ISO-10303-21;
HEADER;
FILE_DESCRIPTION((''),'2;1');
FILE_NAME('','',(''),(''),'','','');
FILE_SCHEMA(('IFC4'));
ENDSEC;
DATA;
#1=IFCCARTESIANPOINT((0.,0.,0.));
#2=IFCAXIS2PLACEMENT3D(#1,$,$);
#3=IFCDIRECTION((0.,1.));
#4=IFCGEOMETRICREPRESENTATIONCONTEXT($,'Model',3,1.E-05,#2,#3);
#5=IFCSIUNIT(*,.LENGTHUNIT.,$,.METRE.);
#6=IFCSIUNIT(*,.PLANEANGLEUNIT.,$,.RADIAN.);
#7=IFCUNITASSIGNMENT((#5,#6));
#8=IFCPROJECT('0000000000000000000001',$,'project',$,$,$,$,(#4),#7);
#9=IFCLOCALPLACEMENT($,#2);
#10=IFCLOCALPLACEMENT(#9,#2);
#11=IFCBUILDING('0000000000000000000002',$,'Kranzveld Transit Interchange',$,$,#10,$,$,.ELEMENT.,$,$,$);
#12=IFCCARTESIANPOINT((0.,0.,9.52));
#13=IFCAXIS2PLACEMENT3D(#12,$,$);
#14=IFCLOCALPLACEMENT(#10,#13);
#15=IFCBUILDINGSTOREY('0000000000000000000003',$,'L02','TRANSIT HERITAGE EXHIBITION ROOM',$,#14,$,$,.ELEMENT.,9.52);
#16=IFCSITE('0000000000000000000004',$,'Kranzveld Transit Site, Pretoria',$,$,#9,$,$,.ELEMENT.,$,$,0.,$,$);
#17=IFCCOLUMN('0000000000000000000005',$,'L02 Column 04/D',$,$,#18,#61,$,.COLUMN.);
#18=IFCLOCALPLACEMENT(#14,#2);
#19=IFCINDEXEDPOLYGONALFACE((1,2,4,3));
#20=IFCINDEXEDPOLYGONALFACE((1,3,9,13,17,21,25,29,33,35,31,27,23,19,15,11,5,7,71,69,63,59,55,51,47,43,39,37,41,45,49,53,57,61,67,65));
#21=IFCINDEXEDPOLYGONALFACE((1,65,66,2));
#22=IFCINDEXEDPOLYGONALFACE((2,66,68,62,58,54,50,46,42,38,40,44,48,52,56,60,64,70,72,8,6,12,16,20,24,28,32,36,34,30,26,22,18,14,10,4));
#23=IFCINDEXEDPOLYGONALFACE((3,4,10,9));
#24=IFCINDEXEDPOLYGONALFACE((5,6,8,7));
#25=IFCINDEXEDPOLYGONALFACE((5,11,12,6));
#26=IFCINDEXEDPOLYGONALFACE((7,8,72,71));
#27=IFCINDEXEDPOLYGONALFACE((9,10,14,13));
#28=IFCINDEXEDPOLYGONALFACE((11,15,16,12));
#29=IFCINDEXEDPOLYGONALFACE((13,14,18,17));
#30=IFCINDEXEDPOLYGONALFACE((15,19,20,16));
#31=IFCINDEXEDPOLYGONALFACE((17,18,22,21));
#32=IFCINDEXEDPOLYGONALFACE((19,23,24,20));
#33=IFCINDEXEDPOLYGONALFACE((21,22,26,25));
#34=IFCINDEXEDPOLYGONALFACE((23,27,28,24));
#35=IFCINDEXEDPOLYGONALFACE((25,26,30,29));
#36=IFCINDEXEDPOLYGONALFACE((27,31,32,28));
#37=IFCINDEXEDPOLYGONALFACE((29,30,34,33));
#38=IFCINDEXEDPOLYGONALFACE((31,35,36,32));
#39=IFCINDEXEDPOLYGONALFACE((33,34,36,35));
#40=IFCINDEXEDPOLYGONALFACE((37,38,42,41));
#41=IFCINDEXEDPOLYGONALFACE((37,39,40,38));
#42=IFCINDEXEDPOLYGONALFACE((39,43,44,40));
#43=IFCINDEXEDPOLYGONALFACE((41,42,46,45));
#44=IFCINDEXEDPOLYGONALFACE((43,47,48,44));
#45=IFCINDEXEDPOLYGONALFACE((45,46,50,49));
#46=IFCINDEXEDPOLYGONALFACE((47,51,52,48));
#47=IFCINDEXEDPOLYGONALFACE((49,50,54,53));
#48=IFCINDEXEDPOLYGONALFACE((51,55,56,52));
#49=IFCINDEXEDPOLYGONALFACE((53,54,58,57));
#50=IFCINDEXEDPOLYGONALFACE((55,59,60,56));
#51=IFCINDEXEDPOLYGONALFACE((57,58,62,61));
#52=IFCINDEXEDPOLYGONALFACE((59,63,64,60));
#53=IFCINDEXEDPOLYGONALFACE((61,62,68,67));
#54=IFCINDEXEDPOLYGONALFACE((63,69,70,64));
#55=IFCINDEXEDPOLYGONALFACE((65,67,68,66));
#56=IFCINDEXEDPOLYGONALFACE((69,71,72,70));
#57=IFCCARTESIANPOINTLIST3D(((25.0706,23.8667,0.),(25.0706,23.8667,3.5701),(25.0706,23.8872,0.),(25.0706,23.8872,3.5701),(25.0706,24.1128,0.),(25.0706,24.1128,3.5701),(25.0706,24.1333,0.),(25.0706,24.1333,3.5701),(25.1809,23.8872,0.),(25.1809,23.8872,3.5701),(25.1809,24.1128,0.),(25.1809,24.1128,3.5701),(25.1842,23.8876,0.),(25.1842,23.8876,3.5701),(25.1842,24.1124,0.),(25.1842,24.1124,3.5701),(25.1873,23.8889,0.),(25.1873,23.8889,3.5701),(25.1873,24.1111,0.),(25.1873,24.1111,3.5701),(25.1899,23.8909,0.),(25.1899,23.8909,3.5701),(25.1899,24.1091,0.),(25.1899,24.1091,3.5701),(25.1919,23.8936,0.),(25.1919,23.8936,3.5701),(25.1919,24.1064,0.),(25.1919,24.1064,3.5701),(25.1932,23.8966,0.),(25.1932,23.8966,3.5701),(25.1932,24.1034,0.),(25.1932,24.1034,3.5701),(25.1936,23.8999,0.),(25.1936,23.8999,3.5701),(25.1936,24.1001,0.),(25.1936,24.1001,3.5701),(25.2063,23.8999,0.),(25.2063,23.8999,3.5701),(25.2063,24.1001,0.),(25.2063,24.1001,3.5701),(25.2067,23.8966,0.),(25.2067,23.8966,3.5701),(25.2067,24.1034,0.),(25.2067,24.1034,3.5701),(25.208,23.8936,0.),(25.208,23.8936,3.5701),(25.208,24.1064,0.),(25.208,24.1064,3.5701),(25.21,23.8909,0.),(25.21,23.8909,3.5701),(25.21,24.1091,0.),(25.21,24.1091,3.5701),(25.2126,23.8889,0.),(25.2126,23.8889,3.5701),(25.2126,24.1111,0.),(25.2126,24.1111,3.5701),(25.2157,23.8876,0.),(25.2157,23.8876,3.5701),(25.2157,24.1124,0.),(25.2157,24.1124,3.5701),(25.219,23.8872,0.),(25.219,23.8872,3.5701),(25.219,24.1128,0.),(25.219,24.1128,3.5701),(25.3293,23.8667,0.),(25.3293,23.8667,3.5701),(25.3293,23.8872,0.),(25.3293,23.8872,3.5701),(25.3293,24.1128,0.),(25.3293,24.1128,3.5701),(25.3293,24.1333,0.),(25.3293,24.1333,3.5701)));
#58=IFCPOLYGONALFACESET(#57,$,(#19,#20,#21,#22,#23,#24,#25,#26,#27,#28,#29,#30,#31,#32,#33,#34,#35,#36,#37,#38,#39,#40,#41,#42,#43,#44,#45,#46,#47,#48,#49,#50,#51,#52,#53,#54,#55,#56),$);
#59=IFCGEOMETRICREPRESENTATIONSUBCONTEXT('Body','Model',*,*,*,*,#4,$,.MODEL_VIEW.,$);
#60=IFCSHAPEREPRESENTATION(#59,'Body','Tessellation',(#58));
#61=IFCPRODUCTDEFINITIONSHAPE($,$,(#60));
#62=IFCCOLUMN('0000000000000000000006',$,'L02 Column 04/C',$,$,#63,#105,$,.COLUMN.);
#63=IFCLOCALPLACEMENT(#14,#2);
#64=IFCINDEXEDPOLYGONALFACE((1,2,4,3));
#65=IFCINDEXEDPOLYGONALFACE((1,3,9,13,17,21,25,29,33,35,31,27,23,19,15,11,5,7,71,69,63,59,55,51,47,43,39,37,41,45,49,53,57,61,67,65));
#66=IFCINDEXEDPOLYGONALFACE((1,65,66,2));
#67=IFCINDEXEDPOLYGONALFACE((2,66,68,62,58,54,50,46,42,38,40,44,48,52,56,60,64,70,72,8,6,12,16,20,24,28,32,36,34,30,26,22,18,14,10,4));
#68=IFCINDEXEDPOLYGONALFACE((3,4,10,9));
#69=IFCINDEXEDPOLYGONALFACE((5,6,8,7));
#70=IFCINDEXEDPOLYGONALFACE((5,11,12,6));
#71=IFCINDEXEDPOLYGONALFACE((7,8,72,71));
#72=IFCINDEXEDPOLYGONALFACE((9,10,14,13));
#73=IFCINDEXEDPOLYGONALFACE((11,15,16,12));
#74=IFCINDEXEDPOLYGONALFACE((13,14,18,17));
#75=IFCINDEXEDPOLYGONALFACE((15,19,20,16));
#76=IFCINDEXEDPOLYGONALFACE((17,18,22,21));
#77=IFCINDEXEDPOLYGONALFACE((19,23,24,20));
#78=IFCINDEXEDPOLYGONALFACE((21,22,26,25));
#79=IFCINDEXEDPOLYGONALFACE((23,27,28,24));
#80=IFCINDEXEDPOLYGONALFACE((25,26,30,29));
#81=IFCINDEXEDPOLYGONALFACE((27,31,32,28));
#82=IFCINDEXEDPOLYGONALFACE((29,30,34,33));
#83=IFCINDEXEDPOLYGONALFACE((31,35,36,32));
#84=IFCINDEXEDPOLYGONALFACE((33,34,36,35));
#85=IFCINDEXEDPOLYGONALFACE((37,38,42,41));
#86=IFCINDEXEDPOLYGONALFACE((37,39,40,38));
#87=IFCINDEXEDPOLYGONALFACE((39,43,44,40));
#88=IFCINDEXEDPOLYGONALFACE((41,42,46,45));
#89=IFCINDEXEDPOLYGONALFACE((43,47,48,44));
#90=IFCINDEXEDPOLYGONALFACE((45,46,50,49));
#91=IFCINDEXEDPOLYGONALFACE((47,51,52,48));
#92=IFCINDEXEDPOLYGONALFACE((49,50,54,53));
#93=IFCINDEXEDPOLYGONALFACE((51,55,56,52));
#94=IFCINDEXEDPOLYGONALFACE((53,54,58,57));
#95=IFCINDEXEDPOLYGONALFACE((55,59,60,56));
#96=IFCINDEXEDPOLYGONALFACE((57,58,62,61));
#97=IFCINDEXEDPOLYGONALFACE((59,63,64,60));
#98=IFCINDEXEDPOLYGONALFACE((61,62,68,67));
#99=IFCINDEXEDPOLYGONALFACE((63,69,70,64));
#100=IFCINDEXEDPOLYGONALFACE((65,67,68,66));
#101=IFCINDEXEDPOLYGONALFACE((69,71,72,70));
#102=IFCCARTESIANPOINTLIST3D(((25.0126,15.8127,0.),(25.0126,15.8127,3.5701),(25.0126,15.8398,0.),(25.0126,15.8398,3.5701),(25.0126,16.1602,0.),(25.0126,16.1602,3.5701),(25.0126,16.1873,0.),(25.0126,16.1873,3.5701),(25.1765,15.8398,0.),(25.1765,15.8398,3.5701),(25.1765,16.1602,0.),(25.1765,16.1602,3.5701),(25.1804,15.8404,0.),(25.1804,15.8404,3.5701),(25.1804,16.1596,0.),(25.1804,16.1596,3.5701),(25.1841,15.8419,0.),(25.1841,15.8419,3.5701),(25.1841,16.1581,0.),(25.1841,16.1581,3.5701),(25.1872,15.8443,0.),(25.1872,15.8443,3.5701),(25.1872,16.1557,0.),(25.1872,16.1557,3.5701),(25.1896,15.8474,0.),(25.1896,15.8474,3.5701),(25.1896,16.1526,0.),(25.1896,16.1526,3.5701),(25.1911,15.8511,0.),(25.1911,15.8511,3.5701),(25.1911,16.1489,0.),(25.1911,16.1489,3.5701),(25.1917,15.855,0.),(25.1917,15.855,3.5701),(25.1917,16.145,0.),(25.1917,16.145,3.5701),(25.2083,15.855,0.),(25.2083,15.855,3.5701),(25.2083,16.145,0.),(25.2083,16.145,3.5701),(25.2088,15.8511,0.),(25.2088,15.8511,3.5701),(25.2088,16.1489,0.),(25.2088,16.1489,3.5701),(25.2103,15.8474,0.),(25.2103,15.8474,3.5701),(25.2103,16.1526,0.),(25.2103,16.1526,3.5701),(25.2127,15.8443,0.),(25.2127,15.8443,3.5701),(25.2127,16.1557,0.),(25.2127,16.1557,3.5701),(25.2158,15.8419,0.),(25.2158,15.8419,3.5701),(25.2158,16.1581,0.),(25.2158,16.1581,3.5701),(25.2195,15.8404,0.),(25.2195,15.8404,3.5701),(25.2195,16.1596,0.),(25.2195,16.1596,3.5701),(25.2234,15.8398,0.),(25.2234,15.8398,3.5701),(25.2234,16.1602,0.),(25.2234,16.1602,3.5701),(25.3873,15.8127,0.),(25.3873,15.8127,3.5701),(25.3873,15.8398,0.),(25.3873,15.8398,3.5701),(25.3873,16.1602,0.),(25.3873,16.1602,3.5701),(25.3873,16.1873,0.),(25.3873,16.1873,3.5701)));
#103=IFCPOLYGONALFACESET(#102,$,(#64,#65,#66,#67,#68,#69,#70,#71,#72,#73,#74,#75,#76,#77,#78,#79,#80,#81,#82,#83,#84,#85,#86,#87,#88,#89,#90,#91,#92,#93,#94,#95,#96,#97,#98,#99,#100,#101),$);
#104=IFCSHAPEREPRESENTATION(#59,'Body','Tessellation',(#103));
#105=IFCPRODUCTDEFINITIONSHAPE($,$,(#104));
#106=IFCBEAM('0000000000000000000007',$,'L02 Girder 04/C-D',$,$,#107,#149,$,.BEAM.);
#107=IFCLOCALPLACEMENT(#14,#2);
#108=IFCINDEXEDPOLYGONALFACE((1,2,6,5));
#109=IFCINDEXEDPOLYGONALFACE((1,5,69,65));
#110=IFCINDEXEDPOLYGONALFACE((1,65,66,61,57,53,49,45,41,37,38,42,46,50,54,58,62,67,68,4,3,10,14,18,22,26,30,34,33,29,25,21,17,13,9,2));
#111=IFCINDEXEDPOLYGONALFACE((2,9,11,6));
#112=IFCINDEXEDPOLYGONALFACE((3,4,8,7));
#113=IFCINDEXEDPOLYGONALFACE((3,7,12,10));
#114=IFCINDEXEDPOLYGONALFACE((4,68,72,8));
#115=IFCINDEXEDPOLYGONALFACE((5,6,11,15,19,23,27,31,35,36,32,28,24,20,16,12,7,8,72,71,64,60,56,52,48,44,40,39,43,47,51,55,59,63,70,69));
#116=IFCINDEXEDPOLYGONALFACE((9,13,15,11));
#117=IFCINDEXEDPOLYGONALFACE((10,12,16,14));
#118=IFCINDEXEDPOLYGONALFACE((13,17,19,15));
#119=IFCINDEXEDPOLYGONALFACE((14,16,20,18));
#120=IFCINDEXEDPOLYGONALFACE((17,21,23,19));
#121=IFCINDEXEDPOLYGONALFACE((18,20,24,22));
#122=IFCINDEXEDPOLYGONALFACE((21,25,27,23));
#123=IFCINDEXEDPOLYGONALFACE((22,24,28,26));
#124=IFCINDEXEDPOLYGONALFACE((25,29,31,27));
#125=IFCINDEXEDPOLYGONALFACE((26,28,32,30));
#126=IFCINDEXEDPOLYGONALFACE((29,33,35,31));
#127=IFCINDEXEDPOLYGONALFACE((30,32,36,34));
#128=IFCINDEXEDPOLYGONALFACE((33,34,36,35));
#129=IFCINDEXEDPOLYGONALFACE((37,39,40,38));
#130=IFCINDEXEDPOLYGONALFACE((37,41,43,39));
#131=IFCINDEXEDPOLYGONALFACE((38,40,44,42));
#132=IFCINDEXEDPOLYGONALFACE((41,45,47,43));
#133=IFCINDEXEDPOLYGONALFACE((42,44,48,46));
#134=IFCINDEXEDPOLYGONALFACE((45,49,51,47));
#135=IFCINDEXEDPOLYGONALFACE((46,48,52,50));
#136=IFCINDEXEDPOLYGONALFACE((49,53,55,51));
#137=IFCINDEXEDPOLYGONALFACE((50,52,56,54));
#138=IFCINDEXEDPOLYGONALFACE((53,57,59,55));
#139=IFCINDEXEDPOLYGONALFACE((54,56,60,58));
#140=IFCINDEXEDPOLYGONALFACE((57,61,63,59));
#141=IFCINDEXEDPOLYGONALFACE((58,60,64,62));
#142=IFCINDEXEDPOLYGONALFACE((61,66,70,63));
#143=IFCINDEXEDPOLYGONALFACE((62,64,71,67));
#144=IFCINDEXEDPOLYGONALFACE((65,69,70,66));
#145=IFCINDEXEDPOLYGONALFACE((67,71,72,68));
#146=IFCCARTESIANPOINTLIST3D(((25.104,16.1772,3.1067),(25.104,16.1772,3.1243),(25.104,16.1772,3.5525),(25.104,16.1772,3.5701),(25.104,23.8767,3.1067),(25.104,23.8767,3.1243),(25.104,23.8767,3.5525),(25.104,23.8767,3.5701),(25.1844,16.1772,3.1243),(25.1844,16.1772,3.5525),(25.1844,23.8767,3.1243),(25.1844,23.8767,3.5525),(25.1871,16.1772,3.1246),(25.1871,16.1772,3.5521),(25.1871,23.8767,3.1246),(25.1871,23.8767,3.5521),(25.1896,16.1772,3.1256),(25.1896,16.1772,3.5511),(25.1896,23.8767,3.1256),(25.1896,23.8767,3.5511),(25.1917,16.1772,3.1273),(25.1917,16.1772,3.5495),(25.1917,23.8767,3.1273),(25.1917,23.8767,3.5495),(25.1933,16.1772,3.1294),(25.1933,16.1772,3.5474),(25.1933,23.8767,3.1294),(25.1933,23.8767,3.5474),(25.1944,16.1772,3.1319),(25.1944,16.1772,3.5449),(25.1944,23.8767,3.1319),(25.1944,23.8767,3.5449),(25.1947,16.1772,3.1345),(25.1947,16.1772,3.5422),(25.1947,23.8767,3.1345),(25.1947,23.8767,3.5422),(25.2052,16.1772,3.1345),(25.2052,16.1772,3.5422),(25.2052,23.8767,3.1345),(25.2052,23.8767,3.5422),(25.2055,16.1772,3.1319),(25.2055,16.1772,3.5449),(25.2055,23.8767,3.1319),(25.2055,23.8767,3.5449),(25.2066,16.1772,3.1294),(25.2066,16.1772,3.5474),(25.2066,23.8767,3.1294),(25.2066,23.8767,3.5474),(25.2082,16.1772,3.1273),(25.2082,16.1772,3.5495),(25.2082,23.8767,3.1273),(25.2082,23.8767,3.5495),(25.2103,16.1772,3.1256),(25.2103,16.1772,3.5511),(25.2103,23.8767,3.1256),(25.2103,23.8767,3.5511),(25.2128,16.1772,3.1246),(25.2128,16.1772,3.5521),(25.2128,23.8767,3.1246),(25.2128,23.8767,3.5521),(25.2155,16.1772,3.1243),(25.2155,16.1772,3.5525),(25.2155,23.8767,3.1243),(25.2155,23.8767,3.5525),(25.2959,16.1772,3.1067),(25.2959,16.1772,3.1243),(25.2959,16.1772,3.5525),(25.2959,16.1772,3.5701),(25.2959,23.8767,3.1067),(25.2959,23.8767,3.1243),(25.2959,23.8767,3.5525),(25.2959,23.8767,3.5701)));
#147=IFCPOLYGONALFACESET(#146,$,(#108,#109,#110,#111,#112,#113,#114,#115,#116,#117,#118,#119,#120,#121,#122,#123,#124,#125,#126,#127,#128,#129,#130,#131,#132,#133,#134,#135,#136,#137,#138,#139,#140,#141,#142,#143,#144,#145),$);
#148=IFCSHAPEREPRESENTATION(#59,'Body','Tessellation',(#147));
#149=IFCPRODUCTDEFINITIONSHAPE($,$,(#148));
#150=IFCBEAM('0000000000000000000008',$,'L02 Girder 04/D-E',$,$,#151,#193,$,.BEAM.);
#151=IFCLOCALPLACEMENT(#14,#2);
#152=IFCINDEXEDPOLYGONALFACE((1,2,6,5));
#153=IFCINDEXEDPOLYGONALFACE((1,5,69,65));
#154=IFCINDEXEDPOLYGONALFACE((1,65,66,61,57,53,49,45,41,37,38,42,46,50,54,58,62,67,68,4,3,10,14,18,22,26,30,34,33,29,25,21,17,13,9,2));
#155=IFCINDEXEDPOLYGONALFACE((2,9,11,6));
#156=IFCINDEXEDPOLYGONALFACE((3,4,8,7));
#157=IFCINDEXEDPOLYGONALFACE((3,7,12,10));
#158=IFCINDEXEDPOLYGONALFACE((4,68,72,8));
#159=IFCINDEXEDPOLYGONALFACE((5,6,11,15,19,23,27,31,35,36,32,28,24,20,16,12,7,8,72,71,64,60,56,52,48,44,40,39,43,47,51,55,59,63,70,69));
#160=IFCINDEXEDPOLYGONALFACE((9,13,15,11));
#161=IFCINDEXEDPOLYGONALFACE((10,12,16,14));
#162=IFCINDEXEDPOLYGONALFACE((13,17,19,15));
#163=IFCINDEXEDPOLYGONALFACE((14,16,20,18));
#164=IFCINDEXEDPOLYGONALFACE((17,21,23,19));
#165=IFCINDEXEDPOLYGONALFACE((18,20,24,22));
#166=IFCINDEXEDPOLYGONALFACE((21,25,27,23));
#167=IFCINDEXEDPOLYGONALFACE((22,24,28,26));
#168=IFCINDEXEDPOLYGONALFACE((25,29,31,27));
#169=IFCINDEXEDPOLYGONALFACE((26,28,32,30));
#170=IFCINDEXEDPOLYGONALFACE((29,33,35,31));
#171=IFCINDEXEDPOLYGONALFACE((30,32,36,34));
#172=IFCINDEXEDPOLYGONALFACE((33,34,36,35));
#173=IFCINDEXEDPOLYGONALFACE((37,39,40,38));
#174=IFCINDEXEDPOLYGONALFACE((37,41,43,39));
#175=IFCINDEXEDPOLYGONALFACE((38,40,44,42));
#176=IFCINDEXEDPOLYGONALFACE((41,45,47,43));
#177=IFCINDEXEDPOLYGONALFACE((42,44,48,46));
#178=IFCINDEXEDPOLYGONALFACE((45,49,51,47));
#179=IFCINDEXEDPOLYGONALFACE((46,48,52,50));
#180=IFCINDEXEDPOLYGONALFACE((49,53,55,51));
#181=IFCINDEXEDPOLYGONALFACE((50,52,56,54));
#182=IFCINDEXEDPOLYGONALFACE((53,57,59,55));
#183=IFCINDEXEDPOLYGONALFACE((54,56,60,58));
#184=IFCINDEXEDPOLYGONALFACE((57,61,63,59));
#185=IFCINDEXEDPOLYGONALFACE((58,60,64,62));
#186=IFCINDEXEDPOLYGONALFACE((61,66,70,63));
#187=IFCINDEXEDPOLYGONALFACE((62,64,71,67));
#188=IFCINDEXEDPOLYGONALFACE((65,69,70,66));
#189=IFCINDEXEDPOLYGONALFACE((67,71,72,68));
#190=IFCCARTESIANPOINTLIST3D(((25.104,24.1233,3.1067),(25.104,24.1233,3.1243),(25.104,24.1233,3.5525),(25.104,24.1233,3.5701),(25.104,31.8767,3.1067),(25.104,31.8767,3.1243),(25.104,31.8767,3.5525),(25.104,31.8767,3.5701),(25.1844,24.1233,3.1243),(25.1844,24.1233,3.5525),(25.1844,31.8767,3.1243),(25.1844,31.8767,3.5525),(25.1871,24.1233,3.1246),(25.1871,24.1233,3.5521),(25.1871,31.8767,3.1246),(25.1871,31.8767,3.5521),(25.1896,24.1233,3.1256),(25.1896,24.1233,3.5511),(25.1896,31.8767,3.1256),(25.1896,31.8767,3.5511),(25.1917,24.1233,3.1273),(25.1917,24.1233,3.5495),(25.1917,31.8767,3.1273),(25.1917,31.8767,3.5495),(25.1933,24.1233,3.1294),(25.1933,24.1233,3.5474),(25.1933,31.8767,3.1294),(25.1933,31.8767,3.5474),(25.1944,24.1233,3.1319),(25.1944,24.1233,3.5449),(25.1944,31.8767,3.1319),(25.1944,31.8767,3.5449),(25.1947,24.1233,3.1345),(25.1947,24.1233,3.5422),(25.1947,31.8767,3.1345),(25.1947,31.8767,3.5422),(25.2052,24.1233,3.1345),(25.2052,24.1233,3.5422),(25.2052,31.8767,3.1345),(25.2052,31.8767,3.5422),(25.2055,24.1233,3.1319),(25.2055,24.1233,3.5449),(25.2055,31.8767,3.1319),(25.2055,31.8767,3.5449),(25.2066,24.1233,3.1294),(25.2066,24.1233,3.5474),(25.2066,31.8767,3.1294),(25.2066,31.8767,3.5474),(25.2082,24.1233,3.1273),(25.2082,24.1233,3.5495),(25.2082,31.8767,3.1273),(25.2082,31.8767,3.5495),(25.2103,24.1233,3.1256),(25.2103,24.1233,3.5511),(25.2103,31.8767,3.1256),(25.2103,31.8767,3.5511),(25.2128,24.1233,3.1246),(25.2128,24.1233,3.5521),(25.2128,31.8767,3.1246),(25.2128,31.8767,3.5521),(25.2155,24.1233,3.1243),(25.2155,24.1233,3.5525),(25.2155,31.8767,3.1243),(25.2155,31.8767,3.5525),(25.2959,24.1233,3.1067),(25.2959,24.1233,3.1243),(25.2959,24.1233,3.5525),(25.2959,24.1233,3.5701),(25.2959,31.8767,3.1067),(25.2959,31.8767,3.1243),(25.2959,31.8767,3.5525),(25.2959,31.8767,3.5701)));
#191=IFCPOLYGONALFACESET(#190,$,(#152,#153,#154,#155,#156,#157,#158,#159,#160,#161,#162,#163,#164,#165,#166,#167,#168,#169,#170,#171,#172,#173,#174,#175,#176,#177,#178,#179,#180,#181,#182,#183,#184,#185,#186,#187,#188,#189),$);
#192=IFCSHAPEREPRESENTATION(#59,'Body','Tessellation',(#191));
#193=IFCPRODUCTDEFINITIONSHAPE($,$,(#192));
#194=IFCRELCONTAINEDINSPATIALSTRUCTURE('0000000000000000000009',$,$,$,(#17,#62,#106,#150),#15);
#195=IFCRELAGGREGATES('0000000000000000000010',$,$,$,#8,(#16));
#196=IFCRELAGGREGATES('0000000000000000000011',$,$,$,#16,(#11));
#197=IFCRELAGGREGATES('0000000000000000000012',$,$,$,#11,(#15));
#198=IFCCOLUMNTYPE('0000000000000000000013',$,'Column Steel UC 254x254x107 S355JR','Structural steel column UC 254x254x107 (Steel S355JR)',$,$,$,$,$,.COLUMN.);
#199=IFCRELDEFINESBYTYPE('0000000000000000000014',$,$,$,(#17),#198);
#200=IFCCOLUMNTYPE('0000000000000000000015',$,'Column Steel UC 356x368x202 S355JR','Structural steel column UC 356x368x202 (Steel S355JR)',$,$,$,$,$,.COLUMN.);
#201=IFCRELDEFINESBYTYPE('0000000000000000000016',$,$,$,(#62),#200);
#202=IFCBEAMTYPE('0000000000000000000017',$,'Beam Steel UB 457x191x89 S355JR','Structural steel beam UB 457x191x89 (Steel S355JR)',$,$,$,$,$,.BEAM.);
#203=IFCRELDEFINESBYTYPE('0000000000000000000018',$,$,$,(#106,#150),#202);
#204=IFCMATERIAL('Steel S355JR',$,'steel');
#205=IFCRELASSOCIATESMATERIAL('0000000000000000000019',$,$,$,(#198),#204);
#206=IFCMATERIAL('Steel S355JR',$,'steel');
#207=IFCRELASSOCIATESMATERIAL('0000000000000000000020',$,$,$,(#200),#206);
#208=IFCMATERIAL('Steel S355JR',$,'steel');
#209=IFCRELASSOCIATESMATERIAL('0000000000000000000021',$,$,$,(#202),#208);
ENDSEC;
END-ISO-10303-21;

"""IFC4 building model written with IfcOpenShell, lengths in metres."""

from ifc_helpers import new_model, si_unit, direction, frame, origin, origin_2d, place, context, subcontext, project, spatial, i_section, extrude, material, material_profile, profile_set, type_object, element, save


model = new_model("IFC4")

# Units and contexts
model_context = context("Model", 3, precision=1e-05, world=origin(), true_north=direction((0.0, 1.0)))
body_context = subcontext(model_context, "Body", "Model", "MODEL_VIEW")
ifc_project = project(units=[si_unit("LENGTHUNIT", "METRE"), si_unit("PLANEANGLEUNIT", "RADIAN")], contexts=[model_context])

# Site, building, storey
site_placement = place(None, origin())
site = spatial("IfcSite", under=ifc_project, at=site_placement, Name="Kranzveld Transit Site, Pretoria", CompositionType="ELEMENT", RefElevation=0.0)
building_placement = place(site_placement, origin())
building = spatial("IfcBuilding", under=site, at=building_placement, Name="Kranzveld Transit Interchange", CompositionType="ELEMENT")
storey_placement = place(building_placement, frame((0.0, 0.0, 9.52)))
storey = spatial("IfcBuildingStorey", under=building, at=storey_placement, Name="L02", Description="TRANSIT HERITAGE EXHIBITION ROOM", CompositionType="ELEMENT", Elevation=9.52)

# Columns
ifc_material_1 = material(Name="Steel S355JR", Category="steel")
ifc_material_profile_1 = material_profile(ifc_material_1, i_section(OverallWidth=0.2588, OverallDepth=0.2666, WebThickness=0.0127, FlangeThickness=0.0205, FilletRadius=0.0127, at=origin_2d()), Name="UC 254x254x107")
ifc_profile_set_1 = profile_set([ifc_material_profile_1], Name="Steel S355JR")
column_type_1 = type_object("IfcColumnType", Name="Column Steel UC 254x254x107 S355JR", Description="Structural steel column UC 254x254x107 (Steel S355JR)", PredefinedType="COLUMN", material=ifc_profile_set_1)
column_1_placement = place(storey_placement, frame((25.2, 24.0, 0.0), z_axis=(0.0, 0.0, 1.0), x_axis=(1.0, 0.0, 0.0)))
element("IfcColumn", 1, at=column_1_placement, inside=storey, type_object=column_type_1, Name="L02 Column 04/D", PredefinedType="COLUMN", context=body_context, shape_type="SweptSolid", body=[
    extrude(i_section(OverallWidth=0.2588, OverallDepth=0.2666, WebThickness=0.0127, FlangeThickness=0.0205, FilletRadius=0.0127, at=origin_2d()), origin(), (0.0, 0.0, 1.0), 3.5701),
])
ifc_material_2 = material(Name="Steel S355JR", Category="steel")
ifc_material_profile_2 = material_profile(ifc_material_2, i_section(OverallWidth=0.3748, OverallDepth=0.3745, WebThickness=0.0166, FlangeThickness=0.0271, FilletRadius=0.0151, at=origin_2d()), Name="UC 356x368x202")
ifc_profile_set_2 = profile_set([ifc_material_profile_2], Name="Steel S355JR")
column_type_2 = type_object("IfcColumnType", Name="Column Steel UC 356x368x202 S355JR", Description="Structural steel column UC 356x368x202 (Steel S355JR)", PredefinedType="COLUMN", material=ifc_profile_set_2)
column_2_placement = place(storey_placement, frame((25.2, 16.0, 0.0), z_axis=(0.0, 0.0, 1.0), x_axis=(1.0, 0.0, 0.0)))
element("IfcColumn", 2, at=column_2_placement, inside=storey, type_object=column_type_2, Name="L02 Column 04/C", PredefinedType="COLUMN", context=body_context, shape_type="SweptSolid", body=[
    extrude(i_section(OverallWidth=0.3748, OverallDepth=0.3745, WebThickness=0.0166, FlangeThickness=0.0271, FilletRadius=0.0151, at=origin_2d()), origin(), (0.0, 0.0, 1.0), 3.5701),
])

# Beams
ifc_material_3 = material(Name="Steel S355JR", Category="steel")
ifc_material_profile_3 = material_profile(ifc_material_3, i_section(OverallWidth=0.1919, OverallDepth=0.4634, WebThickness=0.0105, FlangeThickness=0.0176, FilletRadius=0.0103, at=origin_2d()), Name="UB 457x191x89")
ifc_profile_set_3 = profile_set([ifc_material_profile_3], Name="Steel S355JR")
beam_type_1 = type_object("IfcBeamType", Name="Beam Steel UB 457x191x89 S355JR", Description="Structural steel beam UB 457x191x89 (Steel S355JR)", PredefinedType="BEAM", material=ifc_profile_set_3)
beam_1_placement = place(storey_placement, frame((25.2, 16.1772, 3.3384), z_axis=(0.0, 1.0, 0.0), x_axis=(-1.0, 0.0, 0.0)))
element("IfcBeam", 3, at=beam_1_placement, inside=storey, type_object=beam_type_1, Name="L02 Girder 04/C-D", PredefinedType="BEAM", context=body_context, shape_type="SweptSolid", body=[
    extrude(i_section(OverallWidth=0.1919, OverallDepth=0.4634, WebThickness=0.0105, FlangeThickness=0.0176, FilletRadius=0.0103, at=origin_2d()), origin(), (0.0, 0.0, 1.0), 7.6995),
])
beam_2_placement = place(storey_placement, frame((25.2, 24.1233, 3.3384), z_axis=(0.0, 1.0, 0.0), x_axis=(-1.0, 0.0, 0.0)))
element("IfcBeam", 4, at=beam_2_placement, inside=storey, type_object=beam_type_1, Name="L02 Girder 04/D-E", PredefinedType="BEAM", context=body_context, shape_type="SweptSolid", body=[
    extrude(i_section(OverallWidth=0.1919, OverallDepth=0.4634, WebThickness=0.0105, FlangeThickness=0.0176, FilletRadius=0.0103, at=origin_2d()), origin(), (0.0, 0.0, 1.0), 7.7534),
])

save(model, "model.ifc")
